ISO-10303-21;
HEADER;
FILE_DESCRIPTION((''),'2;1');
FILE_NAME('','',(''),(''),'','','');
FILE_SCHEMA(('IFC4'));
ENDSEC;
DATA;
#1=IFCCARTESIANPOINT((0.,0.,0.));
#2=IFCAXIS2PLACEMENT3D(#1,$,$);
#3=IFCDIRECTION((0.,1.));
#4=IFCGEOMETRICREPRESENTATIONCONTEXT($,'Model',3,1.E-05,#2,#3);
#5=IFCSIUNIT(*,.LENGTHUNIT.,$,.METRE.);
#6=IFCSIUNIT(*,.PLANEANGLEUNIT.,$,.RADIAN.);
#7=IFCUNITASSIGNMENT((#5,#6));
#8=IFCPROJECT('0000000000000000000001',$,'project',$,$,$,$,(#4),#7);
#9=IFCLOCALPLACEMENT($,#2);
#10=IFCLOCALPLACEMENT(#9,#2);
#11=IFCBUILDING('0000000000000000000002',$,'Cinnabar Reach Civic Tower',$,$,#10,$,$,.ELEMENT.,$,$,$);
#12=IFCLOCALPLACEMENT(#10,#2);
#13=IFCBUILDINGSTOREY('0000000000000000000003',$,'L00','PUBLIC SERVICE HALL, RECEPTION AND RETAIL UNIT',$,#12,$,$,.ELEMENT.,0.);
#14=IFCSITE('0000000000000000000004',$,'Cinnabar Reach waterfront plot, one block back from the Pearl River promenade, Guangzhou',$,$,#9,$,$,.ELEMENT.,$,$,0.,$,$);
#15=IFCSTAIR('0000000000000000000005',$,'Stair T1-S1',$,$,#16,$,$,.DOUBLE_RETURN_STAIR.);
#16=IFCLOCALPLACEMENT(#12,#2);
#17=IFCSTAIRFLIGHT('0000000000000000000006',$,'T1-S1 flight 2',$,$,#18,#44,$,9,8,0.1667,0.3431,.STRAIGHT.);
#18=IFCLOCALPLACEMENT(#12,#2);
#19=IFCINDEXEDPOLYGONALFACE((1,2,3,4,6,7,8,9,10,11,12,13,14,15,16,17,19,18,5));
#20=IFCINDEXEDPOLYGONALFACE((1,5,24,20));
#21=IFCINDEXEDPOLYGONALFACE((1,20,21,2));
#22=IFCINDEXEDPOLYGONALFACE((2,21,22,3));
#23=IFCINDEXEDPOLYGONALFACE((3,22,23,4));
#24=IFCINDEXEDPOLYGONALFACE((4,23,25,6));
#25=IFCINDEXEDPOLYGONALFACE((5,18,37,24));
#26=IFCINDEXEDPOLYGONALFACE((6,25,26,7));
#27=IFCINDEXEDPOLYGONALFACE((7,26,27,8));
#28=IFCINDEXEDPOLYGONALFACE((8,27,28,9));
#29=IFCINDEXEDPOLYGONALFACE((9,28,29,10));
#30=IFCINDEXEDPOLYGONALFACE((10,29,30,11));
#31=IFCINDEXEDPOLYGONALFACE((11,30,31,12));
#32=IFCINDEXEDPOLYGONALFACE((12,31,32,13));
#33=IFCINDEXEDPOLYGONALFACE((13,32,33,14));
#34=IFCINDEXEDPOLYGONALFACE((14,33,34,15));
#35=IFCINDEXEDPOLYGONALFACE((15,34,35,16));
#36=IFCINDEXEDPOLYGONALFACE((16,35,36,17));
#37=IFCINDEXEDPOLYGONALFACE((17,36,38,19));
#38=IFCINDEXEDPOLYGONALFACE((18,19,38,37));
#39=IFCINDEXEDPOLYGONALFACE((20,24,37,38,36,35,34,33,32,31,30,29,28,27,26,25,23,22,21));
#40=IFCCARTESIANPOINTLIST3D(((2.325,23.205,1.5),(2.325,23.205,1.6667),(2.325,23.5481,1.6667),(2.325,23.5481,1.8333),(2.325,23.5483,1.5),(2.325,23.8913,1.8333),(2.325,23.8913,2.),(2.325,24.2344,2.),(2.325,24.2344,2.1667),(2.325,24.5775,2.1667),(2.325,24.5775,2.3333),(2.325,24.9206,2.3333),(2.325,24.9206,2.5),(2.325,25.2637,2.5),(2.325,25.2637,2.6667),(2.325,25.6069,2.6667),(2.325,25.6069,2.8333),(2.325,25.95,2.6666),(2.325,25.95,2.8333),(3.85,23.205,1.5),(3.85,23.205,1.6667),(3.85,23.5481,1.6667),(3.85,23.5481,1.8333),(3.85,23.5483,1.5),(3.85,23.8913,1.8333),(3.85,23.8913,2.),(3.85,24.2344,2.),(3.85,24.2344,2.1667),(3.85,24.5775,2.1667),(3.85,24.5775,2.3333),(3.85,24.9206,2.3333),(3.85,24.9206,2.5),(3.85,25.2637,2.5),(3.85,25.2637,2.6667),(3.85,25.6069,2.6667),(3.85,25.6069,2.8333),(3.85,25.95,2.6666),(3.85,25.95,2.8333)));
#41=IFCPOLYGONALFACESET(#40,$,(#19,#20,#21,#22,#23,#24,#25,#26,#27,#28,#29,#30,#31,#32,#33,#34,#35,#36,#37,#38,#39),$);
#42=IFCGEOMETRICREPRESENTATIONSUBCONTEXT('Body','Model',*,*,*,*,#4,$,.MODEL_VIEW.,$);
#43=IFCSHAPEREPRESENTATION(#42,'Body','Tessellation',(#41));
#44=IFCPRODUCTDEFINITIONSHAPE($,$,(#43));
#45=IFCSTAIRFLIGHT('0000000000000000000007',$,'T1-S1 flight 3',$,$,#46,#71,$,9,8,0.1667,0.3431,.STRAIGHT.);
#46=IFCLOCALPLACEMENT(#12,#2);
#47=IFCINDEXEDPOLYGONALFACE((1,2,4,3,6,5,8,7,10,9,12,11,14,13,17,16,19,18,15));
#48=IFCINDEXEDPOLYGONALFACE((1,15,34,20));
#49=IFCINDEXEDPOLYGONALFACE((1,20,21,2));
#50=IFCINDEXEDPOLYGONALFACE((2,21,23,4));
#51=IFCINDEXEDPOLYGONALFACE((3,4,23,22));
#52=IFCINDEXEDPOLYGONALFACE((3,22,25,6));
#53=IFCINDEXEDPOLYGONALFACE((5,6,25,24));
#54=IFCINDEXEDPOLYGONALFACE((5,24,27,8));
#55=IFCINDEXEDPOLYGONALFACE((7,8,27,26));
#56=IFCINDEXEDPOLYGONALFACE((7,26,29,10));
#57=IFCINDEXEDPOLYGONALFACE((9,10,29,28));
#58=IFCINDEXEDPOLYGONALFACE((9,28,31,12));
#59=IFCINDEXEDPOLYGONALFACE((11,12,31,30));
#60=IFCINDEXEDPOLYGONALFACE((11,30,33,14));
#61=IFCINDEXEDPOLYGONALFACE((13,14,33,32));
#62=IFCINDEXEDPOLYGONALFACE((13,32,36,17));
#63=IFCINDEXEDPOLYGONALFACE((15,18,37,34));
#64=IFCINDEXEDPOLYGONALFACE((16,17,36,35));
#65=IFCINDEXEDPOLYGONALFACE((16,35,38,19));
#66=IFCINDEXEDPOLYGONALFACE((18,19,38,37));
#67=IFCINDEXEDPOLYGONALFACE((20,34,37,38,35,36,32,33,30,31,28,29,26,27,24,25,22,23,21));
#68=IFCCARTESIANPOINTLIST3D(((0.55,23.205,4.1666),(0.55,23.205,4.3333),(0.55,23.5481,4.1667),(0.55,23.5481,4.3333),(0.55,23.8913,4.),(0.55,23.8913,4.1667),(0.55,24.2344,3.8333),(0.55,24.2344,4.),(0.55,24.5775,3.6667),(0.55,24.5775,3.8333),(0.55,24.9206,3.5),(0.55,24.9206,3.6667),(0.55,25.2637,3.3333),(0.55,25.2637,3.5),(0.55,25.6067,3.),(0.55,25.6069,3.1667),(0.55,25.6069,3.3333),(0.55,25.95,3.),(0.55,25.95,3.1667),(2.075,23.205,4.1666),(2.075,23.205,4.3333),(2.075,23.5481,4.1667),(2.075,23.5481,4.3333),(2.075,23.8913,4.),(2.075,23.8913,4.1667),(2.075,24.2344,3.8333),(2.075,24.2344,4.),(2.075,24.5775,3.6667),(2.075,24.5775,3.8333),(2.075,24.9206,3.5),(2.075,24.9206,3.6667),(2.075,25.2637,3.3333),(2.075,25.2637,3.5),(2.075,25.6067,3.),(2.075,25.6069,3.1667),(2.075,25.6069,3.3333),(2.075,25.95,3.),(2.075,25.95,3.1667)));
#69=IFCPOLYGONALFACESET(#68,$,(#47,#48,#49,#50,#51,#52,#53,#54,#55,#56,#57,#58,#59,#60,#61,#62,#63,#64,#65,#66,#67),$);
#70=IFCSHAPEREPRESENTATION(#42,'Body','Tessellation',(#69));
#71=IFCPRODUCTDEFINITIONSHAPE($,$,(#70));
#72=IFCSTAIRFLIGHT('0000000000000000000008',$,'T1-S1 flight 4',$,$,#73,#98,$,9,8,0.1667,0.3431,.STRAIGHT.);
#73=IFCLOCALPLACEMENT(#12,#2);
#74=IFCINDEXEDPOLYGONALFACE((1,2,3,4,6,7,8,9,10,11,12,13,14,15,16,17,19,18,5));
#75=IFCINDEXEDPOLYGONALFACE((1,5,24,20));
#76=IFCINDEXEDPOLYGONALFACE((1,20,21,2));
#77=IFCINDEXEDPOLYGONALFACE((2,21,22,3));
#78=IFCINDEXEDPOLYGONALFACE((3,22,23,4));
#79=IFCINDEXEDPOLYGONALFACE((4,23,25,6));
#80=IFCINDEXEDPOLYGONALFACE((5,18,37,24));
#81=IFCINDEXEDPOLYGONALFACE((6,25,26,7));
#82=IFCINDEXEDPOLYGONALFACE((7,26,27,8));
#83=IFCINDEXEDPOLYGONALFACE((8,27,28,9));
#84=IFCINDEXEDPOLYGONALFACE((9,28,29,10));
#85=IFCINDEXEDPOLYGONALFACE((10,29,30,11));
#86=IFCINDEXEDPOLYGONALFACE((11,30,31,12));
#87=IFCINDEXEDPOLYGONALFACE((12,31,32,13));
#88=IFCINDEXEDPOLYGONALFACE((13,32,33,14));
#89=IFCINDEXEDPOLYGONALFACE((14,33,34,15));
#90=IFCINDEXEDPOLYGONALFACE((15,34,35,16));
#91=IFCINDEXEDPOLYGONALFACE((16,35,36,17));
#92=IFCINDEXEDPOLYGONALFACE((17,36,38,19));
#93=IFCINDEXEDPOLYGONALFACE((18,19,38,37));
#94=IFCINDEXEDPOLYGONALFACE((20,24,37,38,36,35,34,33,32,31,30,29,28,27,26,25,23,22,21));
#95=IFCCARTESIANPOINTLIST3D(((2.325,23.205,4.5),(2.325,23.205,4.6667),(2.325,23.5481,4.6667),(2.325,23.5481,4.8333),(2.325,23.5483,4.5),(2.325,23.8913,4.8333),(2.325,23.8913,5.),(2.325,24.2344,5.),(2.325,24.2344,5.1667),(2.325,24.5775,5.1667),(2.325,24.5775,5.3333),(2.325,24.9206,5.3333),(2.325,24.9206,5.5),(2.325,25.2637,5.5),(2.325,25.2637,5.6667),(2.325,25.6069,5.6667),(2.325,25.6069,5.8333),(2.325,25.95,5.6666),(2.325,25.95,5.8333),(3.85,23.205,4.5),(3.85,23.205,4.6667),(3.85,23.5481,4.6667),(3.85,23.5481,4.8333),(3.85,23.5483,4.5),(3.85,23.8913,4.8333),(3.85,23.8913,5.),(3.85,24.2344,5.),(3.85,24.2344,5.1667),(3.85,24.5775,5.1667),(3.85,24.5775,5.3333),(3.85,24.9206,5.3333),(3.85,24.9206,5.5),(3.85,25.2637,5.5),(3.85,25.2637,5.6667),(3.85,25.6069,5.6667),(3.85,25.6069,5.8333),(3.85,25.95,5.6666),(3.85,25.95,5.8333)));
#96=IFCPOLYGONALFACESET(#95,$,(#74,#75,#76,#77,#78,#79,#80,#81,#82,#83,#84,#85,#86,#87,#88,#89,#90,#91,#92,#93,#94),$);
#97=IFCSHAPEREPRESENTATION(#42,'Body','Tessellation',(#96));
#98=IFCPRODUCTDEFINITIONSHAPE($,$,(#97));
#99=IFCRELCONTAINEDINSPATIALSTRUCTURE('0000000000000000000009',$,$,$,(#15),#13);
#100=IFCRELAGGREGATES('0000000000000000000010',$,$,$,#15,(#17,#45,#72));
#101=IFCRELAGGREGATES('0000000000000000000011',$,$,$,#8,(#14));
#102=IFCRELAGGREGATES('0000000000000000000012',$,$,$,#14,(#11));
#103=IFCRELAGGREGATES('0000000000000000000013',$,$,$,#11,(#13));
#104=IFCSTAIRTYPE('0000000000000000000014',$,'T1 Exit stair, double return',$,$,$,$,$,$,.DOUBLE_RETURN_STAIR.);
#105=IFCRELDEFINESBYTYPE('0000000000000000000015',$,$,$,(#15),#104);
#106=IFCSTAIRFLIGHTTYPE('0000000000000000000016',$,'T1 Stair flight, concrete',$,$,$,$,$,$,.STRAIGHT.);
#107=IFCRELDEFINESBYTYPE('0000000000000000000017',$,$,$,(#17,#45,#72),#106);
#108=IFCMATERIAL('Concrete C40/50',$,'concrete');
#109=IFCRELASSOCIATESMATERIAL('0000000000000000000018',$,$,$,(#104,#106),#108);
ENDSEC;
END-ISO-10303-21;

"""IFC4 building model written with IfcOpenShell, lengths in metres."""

from ifc_helpers import new_model, si_unit, direction, frame, origin, place, context, subcontext, project, spatial, polyline, outline, extrude, material, type_object, element, aggregate, save


model = new_model("IFC4")

# Units and contexts
model_context = context("Model", 3, precision=1e-05, world=origin(), true_north=direction((0.0, 1.0)))
body_context = subcontext(model_context, "Body", "Model", "MODEL_VIEW")
ifc_project = project(units=[si_unit("LENGTHUNIT", "METRE"), si_unit("PLANEANGLEUNIT", "RADIAN")], contexts=[model_context])

# Site, building, storey
site_placement = place(None, origin())
site = spatial("IfcSite", under=ifc_project, at=site_placement, Name="Cinnabar Reach waterfront plot, one block back from the Pearl River promenade, Guangzhou", CompositionType="ELEMENT", RefElevation=0.0)
building_placement = place(site_placement, origin())
building = spatial("IfcBuilding", under=site, at=building_placement, Name="Cinnabar Reach Civic Tower", CompositionType="ELEMENT")
storey_placement = place(building_placement, origin())
storey = spatial("IfcBuildingStorey", under=building, at=storey_placement, Name="L00", Description="PUBLIC SERVICE HALL, RECEPTION AND RETAIL UNIT", CompositionType="ELEMENT", Elevation=0.0)

# Stair, stair flights
ifc_material_1 = material(Name="Concrete C40/50", Category="concrete")
stair_type = type_object("IfcStairType", Name="T1 Exit stair, double return", PredefinedType="DOUBLE_RETURN_STAIR", material=ifc_material_1)
stair_placement = place(storey_placement, origin())
stair = element("IfcStair", 1, at=stair_placement, inside=storey, type_object=stair_type, Name="Stair T1-S1", PredefinedType="DOUBLE_RETURN_STAIR")
stair_flight_type = type_object("IfcStairFlightType", Name="T1 Stair flight, concrete", PredefinedType="STRAIGHT", material=ifc_material_1)
stair_flight_1_placement = place(storey_placement, frame((3.0875, 23.205, 1.5), z_axis=(0.0, 0.0, 1.0), x_axis=(0.0, 1.0, 0.0)))
stair_flight_1 = element("IfcStairFlight", 2, at=stair_flight_1_placement, type_object=stair_flight_type, Name="T1-S1 flight 2", NumberOfRisers=9, NumberOfTreads=8, PredefinedType="STRAIGHT", RiserHeight=0.1667, TreadLength=0.3431, context=body_context, shape_type="SweptSolid", body=[
    extrude(outline(polyline([(0.0, 0.0), (0.0, 0.1667), (0.3431, 0.1667), (0.3431, 0.3333), (0.6863, 0.3333), (0.6863, 0.5), (1.0294, 0.5), (1.0294, 0.6667), (1.3725, 0.6667), (1.3725, 0.8333), (1.7156, 0.8333), (1.7156, 1.0), (2.0587, 1.0), (2.0587, 1.1667), (2.4019, 1.1667), (2.4019, 1.3333), (2.745, 1.3333), (2.745, 1.5), (2.745, 1.1666), (0.3433, 0.0), (0.0, 0.0)])), frame((0.0, 0.7625, 0.0), z_axis=(0.0, -1.0, 0.0), x_axis=(1.0, 0.0, 0.0)), (0.0, 0.0, 1.0), 1.525),
])
stair_flight_2_placement = place(storey_placement, frame((1.3125, 25.95, 3.0), z_axis=(0.0, 0.0, 1.0), x_axis=(0.0, -1.0, 0.0)))
stair_flight_2 = element("IfcStairFlight", 3, at=stair_flight_2_placement, type_object=stair_flight_type, Name="T1-S1 flight 3", NumberOfRisers=9, NumberOfTreads=8, PredefinedType="STRAIGHT", RiserHeight=0.1667, TreadLength=0.3431, context=body_context, shape_type="SweptSolid", body=[
    extrude(outline(polyline([(0.0, 0.0), (0.0, 0.1667), (0.3431, 0.1667), (0.3431, 0.3333), (0.6863, 0.3333), (0.6863, 0.5), (1.0294, 0.5), (1.0294, 0.6667), (1.3725, 0.6667), (1.3725, 0.8333), (1.7156, 0.8333), (1.7156, 1.0), (2.0587, 1.0), (2.0587, 1.1667), (2.4019, 1.1667), (2.4019, 1.3333), (2.745, 1.3333), (2.745, 1.5), (2.745, 1.1666), (0.3433, 0.0), (0.0, 0.0)])), frame((0.0, 0.7625, 0.0), z_axis=(0.0, -1.0, 0.0), x_axis=(1.0, 0.0, 0.0)), (0.0, 0.0, 1.0), 1.525),
])
stair_flight_3_placement = place(storey_placement, frame((3.0875, 23.205, 4.5), z_axis=(0.0, 0.0, 1.0), x_axis=(0.0, 1.0, 0.0)))
stair_flight_3 = element("IfcStairFlight", 4, at=stair_flight_3_placement, type_object=stair_flight_type, Name="T1-S1 flight 4", NumberOfRisers=9, NumberOfTreads=8, PredefinedType="STRAIGHT", RiserHeight=0.1667, TreadLength=0.3431, context=body_context, shape_type="SweptSolid", body=[
    extrude(outline(polyline([(0.0, 0.0), (0.0, 0.1667), (0.3431, 0.1667), (0.3431, 0.3333), (0.6863, 0.3333), (0.6863, 0.5), (1.0294, 0.5), (1.0294, 0.6667), (1.3725, 0.6667), (1.3725, 0.8333), (1.7156, 0.8333), (1.7156, 1.0), (2.0587, 1.0), (2.0587, 1.1667), (2.4019, 1.1667), (2.4019, 1.3333), (2.745, 1.3333), (2.745, 1.5), (2.745, 1.1666), (0.3433, 0.0), (0.0, 0.0)])), frame((0.0, 0.7625, 0.0), z_axis=(0.0, -1.0, 0.0), x_axis=(1.0, 0.0, 0.0)), (0.0, 0.0, 1.0), 1.525),
])
aggregate(stair, [stair_flight_1, stair_flight_2, stair_flight_3])

save(model, "model.ifc")
